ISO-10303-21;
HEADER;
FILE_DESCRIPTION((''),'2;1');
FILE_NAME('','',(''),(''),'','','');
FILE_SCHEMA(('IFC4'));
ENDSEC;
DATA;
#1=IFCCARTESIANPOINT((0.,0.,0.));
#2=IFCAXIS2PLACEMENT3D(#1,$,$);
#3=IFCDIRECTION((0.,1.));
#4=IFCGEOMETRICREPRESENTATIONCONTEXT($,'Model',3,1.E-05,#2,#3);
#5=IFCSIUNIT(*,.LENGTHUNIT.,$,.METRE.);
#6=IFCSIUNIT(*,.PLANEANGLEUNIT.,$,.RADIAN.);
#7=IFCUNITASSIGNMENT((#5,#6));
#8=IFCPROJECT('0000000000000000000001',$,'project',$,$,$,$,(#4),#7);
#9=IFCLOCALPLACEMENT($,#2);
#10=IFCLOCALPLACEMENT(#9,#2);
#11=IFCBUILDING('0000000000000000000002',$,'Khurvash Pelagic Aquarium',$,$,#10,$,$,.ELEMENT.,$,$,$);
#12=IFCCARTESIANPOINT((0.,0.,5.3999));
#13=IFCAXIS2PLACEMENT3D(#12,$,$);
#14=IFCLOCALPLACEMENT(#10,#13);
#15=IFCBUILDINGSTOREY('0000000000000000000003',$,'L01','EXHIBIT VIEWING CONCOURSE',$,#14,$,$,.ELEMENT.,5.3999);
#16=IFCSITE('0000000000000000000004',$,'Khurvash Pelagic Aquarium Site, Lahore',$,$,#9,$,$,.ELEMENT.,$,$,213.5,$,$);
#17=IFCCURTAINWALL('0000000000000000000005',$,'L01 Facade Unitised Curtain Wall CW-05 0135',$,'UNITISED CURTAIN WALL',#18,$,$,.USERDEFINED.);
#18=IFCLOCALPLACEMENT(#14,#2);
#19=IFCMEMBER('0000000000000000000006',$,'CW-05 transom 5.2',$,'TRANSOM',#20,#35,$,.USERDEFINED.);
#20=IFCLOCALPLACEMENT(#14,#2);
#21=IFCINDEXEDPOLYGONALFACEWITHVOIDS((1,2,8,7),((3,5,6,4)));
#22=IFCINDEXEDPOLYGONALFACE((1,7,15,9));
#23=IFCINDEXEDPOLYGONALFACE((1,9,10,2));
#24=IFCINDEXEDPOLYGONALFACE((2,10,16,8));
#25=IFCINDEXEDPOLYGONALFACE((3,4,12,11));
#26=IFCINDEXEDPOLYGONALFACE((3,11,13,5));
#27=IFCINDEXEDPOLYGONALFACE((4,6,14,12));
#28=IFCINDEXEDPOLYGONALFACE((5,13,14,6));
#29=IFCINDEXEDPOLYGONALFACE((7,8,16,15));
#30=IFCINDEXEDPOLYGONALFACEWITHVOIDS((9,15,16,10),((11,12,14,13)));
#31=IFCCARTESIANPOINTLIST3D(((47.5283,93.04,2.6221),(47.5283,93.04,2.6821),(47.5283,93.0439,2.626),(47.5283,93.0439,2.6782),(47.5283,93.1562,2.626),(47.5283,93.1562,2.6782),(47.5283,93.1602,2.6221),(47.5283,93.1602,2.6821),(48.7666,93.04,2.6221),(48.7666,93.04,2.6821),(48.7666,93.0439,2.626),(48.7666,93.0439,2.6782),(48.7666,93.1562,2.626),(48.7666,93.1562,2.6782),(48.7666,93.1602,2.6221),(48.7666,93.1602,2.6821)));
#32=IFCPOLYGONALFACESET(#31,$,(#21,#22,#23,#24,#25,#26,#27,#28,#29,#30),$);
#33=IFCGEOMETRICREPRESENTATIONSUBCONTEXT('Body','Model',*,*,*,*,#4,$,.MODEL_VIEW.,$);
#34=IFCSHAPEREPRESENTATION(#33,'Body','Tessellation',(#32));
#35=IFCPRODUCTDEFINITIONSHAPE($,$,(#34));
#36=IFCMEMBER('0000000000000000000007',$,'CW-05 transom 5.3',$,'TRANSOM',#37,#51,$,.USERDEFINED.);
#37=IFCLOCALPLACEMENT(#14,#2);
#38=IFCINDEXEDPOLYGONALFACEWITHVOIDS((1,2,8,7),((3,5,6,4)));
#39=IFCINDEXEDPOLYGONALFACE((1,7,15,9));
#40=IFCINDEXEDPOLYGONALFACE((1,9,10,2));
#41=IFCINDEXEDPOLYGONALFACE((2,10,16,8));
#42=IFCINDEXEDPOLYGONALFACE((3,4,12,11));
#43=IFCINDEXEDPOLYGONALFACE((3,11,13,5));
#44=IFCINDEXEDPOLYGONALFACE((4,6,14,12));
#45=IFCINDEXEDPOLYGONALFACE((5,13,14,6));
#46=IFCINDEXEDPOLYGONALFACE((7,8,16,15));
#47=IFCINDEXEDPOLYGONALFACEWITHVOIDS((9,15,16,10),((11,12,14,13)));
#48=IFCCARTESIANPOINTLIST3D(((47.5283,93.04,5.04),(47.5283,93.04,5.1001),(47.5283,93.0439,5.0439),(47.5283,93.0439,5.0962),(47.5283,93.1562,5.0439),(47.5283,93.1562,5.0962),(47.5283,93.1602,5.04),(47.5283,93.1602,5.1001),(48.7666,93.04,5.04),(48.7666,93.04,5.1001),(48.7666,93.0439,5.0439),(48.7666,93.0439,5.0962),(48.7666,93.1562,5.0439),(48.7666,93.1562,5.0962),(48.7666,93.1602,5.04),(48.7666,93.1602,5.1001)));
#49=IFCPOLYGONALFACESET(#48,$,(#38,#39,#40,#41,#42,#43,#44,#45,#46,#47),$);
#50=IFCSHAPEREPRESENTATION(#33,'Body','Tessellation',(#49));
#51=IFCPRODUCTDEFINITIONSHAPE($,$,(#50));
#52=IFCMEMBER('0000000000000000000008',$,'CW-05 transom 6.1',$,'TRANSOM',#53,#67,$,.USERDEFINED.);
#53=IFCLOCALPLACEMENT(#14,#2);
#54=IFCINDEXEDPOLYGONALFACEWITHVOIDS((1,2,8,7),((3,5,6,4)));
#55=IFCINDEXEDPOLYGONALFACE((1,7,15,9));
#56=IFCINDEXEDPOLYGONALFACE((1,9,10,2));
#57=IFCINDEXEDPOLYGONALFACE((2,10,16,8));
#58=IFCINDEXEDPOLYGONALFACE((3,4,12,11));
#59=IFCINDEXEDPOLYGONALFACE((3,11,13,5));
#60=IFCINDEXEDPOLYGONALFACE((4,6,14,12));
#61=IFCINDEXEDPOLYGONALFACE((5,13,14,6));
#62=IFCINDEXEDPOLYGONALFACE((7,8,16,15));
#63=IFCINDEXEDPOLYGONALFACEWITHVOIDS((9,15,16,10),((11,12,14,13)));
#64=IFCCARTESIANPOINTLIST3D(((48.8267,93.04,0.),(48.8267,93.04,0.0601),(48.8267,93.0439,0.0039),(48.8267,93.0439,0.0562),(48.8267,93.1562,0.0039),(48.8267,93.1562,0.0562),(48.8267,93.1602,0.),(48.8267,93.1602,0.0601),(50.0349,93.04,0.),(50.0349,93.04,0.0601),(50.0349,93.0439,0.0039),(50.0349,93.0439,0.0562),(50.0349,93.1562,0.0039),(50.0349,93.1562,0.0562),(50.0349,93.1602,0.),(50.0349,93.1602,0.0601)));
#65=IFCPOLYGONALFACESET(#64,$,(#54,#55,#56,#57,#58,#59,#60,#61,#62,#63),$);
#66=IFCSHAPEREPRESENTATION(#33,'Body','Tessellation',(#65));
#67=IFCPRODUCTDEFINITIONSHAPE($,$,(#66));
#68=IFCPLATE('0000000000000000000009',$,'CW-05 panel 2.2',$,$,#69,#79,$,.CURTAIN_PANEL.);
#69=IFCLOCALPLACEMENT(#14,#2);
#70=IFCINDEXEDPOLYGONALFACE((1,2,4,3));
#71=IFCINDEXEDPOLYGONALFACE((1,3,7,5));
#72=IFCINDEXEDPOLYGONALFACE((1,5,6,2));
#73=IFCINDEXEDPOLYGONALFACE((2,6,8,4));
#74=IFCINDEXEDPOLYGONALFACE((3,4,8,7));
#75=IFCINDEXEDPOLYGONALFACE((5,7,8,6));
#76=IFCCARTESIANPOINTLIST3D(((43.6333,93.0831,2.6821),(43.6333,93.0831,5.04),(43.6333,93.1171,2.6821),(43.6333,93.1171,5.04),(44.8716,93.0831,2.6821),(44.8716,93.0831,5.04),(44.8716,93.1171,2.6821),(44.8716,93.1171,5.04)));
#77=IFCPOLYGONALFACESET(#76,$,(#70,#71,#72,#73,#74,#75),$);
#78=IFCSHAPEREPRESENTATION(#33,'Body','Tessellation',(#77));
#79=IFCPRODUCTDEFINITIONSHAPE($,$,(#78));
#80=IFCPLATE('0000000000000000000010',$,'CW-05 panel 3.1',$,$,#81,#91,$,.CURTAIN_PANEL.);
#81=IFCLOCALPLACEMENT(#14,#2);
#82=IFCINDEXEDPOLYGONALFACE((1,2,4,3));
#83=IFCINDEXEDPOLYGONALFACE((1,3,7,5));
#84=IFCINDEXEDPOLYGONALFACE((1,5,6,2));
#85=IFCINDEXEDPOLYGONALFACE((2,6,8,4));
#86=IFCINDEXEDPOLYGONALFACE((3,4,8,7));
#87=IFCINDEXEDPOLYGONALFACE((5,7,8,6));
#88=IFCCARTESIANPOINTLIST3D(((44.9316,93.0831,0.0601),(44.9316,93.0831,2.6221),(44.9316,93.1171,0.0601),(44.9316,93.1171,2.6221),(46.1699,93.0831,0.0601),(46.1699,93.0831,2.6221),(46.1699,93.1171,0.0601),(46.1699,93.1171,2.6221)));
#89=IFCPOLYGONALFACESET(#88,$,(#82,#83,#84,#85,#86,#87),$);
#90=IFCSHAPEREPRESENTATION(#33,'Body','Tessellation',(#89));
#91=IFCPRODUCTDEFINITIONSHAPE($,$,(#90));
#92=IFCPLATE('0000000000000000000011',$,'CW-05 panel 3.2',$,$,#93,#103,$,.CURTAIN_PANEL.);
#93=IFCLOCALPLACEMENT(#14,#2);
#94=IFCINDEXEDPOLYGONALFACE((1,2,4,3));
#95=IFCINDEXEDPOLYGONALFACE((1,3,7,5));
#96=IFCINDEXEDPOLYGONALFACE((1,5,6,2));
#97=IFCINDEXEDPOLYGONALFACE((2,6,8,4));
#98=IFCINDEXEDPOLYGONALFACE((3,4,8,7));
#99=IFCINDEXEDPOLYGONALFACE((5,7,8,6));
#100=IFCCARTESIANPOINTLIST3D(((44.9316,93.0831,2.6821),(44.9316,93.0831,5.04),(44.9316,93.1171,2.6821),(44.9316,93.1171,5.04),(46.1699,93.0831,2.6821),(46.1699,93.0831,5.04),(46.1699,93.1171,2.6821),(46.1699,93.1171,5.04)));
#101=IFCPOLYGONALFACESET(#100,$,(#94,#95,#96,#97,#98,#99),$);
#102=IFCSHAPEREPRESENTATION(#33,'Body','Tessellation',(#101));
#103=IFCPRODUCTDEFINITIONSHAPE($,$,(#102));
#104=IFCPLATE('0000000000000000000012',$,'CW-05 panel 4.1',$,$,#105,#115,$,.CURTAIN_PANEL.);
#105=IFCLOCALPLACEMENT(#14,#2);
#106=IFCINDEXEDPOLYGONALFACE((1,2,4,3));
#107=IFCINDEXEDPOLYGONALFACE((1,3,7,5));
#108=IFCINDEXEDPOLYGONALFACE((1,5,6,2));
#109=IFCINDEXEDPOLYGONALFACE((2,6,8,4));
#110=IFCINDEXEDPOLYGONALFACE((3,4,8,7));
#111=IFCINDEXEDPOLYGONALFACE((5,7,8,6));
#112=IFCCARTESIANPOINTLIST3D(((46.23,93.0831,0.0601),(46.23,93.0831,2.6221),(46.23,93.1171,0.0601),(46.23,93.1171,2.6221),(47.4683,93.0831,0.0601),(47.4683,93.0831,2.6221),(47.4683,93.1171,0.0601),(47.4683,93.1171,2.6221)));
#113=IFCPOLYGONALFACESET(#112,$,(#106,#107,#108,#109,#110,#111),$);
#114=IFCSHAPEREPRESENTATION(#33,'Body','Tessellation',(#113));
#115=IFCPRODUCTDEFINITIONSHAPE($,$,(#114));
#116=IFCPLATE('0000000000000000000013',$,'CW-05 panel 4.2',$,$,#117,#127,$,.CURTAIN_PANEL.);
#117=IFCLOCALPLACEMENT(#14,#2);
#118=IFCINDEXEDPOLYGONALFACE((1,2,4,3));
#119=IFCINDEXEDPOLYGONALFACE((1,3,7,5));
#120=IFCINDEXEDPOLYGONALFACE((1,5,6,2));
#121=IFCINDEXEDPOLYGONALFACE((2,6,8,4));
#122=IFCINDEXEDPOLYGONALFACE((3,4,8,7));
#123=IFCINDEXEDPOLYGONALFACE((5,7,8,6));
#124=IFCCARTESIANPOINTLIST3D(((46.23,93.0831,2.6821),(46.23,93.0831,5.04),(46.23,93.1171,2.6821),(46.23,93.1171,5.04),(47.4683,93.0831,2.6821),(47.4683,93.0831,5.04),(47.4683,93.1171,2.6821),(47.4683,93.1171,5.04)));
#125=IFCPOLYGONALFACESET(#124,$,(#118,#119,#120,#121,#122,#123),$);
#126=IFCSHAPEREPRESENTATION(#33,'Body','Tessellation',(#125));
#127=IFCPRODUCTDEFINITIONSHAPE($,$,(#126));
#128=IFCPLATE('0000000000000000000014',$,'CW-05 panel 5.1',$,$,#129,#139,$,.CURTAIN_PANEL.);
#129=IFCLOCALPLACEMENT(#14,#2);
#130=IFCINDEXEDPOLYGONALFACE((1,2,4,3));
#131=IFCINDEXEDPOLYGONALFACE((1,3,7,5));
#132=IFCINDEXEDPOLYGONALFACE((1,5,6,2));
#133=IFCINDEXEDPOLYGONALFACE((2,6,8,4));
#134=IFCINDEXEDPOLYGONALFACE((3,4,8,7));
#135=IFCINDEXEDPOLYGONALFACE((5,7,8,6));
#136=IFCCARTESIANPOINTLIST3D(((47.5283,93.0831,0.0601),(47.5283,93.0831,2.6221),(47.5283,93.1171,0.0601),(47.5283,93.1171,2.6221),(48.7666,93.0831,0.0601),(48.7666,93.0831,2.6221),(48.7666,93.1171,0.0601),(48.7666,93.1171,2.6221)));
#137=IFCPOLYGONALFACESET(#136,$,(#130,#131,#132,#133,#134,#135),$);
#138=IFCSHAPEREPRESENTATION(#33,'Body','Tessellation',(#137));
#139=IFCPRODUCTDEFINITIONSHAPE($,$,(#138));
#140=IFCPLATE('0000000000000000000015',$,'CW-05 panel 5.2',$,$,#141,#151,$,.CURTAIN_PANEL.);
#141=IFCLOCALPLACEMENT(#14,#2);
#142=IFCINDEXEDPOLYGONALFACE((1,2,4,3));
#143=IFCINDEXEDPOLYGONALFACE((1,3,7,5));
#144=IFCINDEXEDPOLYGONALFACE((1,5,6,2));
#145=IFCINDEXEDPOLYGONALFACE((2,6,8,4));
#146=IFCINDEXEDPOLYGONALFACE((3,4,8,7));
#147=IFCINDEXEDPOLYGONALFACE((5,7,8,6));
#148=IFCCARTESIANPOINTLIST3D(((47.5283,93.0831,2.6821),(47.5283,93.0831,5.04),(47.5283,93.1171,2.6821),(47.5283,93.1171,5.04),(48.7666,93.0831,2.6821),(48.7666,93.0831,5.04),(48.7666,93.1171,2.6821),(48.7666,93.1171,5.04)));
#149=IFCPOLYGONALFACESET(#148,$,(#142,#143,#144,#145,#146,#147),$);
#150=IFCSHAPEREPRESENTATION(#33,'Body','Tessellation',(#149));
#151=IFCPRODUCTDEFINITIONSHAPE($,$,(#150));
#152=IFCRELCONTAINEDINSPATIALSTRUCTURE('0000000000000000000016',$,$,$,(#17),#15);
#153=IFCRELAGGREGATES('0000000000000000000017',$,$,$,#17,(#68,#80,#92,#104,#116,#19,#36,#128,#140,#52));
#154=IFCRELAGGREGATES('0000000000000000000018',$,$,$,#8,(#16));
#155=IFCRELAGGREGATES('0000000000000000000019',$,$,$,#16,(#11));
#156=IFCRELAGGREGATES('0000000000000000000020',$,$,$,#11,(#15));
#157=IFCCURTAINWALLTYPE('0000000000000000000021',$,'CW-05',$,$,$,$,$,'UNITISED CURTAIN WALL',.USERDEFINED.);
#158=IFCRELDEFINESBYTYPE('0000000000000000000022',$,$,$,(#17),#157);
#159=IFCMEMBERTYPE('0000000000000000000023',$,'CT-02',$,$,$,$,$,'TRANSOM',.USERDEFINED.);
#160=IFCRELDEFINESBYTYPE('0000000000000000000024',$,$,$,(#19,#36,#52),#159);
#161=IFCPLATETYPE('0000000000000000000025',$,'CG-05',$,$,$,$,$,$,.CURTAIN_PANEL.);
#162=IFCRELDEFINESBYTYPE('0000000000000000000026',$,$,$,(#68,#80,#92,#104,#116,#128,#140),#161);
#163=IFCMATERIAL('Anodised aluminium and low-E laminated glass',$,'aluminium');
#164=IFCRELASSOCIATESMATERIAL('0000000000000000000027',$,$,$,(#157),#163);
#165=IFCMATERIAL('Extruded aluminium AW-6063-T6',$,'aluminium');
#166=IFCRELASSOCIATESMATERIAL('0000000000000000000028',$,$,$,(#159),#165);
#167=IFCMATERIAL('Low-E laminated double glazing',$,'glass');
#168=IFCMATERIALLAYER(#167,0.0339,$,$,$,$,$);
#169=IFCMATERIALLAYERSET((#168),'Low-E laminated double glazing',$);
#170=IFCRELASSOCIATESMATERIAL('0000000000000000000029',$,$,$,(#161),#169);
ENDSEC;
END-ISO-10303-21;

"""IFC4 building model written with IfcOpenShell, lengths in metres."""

from ifc_helpers import new_model, si_unit, direction, frame, origin, origin_2d, place, context, subcontext, project, spatial, rectangle, hollow_rectangle, extrude, material, layer, layer_set, material_profile, profile_set, type_object, element, aggregate, save


model = new_model("IFC4")

# Units and contexts
model_context = context("Model", 3, precision=1e-05, world=origin(), true_north=direction((0.0, 1.0)))
body_context = subcontext(model_context, "Body", "Model", "MODEL_VIEW")
ifc_project = project(units=[si_unit("LENGTHUNIT", "METRE"), si_unit("PLANEANGLEUNIT", "RADIAN")], contexts=[model_context])

# Site, building, storey
site_placement = place(None, origin())
site = spatial("IfcSite", under=ifc_project, at=site_placement, Name="Khurvash Pelagic Aquarium Site, Lahore", CompositionType="ELEMENT", RefElevation=213.5)
building_placement = place(site_placement, origin())
building = spatial("IfcBuilding", under=site, at=building_placement, Name="Khurvash Pelagic Aquarium", CompositionType="ELEMENT")
storey_placement = place(building_placement, frame((0.0, 0.0, 5.3999)))
storey = spatial("IfcBuildingStorey", under=building, at=storey_placement, Name="L01", Description="EXHIBIT VIEWING CONCOURSE", CompositionType="ELEMENT", Elevation=5.3999)

# Curtain wall, members, plates
ifc_material_1 = material(Name="Anodised aluminium and low-E laminated glass", Category="aluminium")
curtain_wall_type = type_object("IfcCurtainWallType", Name="CW-05", ElementType="UNITISED CURTAIN WALL", PredefinedType="USERDEFINED", material=ifc_material_1)
curtain_wall_placement = place(storey_placement, origin())
curtain_wall = element("IfcCurtainWall", 1, at=curtain_wall_placement, inside=storey, type_object=curtain_wall_type, Name="L01 Facade Unitised Curtain Wall CW-05 0135", ObjectType="UNITISED CURTAIN WALL", PredefinedType="USERDEFINED")
ifc_material_2 = material(Name="Extruded aluminium AW-6063-T6", Category="aluminium")
ifc_material_profile_1 = material_profile(ifc_material_2, hollow_rectangle(XDim=0.1201, YDim=0.0601, WallThickness=0.0039, at=origin_2d()), Name="CWT120X60X4")
ifc_profile_set_1 = profile_set([ifc_material_profile_1], Name="Extruded aluminium AW-6063-T6")
member_type_1 = type_object("IfcMemberType", Name="CT-02", ElementType="TRANSOM", PredefinedType="USERDEFINED", material=ifc_profile_set_1)
member_1_placement = place(storey_placement, frame((47.5283, 93.1001, 2.6521), z_axis=(1.0, 0.0, 0.0), x_axis=(0.0, 1.0, 0.0)))
member_1 = element("IfcMember", 2, at=member_1_placement, type_object=member_type_1, Name="CW-05 transom 5.2", ObjectType="TRANSOM", PredefinedType="USERDEFINED", context=body_context, shape_type="SweptSolid", body=[
    extrude(hollow_rectangle(XDim=0.1201, YDim=0.0601, WallThickness=0.0039, at=origin_2d()), origin(), (0.0, 0.0, 1.0), 1.2383),
])
member_2_placement = place(storey_placement, frame((47.5283, 93.1001, 5.0701), z_axis=(1.0, 0.0, 0.0), x_axis=(0.0, 1.0, 0.0)))
member_2 = element("IfcMember", 3, at=member_2_placement, type_object=member_type_1, Name="CW-05 transom 5.3", ObjectType="TRANSOM", PredefinedType="USERDEFINED", context=body_context, shape_type="SweptSolid", body=[
    extrude(hollow_rectangle(XDim=0.1201, YDim=0.0601, WallThickness=0.0039, at=origin_2d()), origin(), (0.0, 0.0, 1.0), 1.2383),
])
member_3_placement = place(storey_placement, frame((48.8267, 93.1001, 0.03), z_axis=(1.0, 0.0, 0.0), x_axis=(0.0, 1.0, 0.0)))
member_3 = element("IfcMember", 4, at=member_3_placement, type_object=member_type_1, Name="CW-05 transom 6.1", ObjectType="TRANSOM", PredefinedType="USERDEFINED", context=body_context, shape_type="SweptSolid", body=[
    extrude(hollow_rectangle(XDim=0.1201, YDim=0.0601, WallThickness=0.0039, at=origin_2d()), origin(), (0.0, 0.0, 1.0), 1.2083),
])
ifc_material_3 = material(Name="Low-E laminated double glazing", Category="glass")
ifc_layer = layer(ifc_material_3, 0.0339)
ifc_layer_set = layer_set([ifc_layer], Name="Low-E laminated double glazing")
plate_type = type_object("IfcPlateType", Name="CG-05", PredefinedType="CURTAIN_PANEL", material=ifc_layer_set)
plate_1_placement = place(storey_placement, frame((44.2524, 93.1001, 2.6821), z_axis=(0.0, 0.0, 1.0), x_axis=(1.0, 0.0, 0.0)))
plate_1 = element("IfcPlate", 5, at=plate_1_placement, type_object=plate_type, Name="CW-05 panel 2.2", PredefinedType="CURTAIN_PANEL", context=body_context, shape_type="SweptSolid", body=[
    extrude(rectangle(XDim=1.2383, YDim=0.0339, at=origin_2d()), origin(), (0.0, 0.0, 1.0), 2.3579),
])
plate_2_placement = place(storey_placement, frame((45.5508, 93.1001, 0.0601), z_axis=(0.0, 0.0, 1.0), x_axis=(1.0, 0.0, 0.0)))
plate_2 = element("IfcPlate", 6, at=plate_2_placement, type_object=plate_type, Name="CW-05 panel 3.1", PredefinedType="CURTAIN_PANEL", context=body_context, shape_type="SweptSolid", body=[
    extrude(rectangle(XDim=1.2383, YDim=0.0339, at=origin_2d()), origin(), (0.0, 0.0, 1.0), 2.562),
])
plate_3_placement = place(storey_placement, frame((45.5508, 93.1001, 2.6821), z_axis=(0.0, 0.0, 1.0), x_axis=(1.0, 0.0, 0.0)))
plate_3 = element("IfcPlate", 7, at=plate_3_placement, type_object=plate_type, Name="CW-05 panel 3.2", PredefinedType="CURTAIN_PANEL", context=body_context, shape_type="SweptSolid", body=[
    extrude(rectangle(XDim=1.2383, YDim=0.0339, at=origin_2d()), origin(), (0.0, 0.0, 1.0), 2.3579),
])
plate_4_placement = place(storey_placement, frame((46.8491, 93.1001, 0.0601), z_axis=(0.0, 0.0, 1.0), x_axis=(1.0, 0.0, 0.0)))
plate_4 = element("IfcPlate", 8, at=plate_4_placement, type_object=plate_type, Name="CW-05 panel 4.1", PredefinedType="CURTAIN_PANEL", context=body_context, shape_type="SweptSolid", body=[
    extrude(rectangle(XDim=1.2383, YDim=0.0339, at=origin_2d()), origin(), (0.0, 0.0, 1.0), 2.562),
])
plate_5_placement = place(storey_placement, frame((46.8491, 93.1001, 2.6821), z_axis=(0.0, 0.0, 1.0), x_axis=(1.0, 0.0, 0.0)))
plate_5 = element("IfcPlate", 9, at=plate_5_placement, type_object=plate_type, Name="CW-05 panel 4.2", PredefinedType="CURTAIN_PANEL", context=body_context, shape_type="SweptSolid", body=[
    extrude(rectangle(XDim=1.2383, YDim=0.0339, at=origin_2d()), origin(), (0.0, 0.0, 1.0), 2.3579),
])
plate_6_placement = place(storey_placement, frame((48.1475, 93.1001, 0.0601), z_axis=(0.0, 0.0, 1.0), x_axis=(1.0, 0.0, 0.0)))
plate_6 = element("IfcPlate", 10, at=plate_6_placement, type_object=plate_type, Name="CW-05 panel 5.1", PredefinedType="CURTAIN_PANEL", context=body_context, shape_type="SweptSolid", body=[
    extrude(rectangle(XDim=1.2383, YDim=0.0339, at=origin_2d()), origin(), (0.0, 0.0, 1.0), 2.562),
])
plate_7_placement = place(storey_placement, frame((48.1475, 93.1001, 2.6821), z_axis=(0.0, 0.0, 1.0), x_axis=(1.0, 0.0, 0.0)))
plate_7 = element("IfcPlate", 11, at=plate_7_placement, type_object=plate_type, Name="CW-05 panel 5.2", PredefinedType="CURTAIN_PANEL", context=body_context, shape_type="SweptSolid", body=[
    extrude(rectangle(XDim=1.2383, YDim=0.0339, at=origin_2d()), origin(), (0.0, 0.0, 1.0), 2.3579),
])
aggregate(curtain_wall, [plate_1, plate_2, plate_3, plate_4, plate_5, member_1, member_2, plate_6, plate_7, member_3])

save(model, "model.ifc")
